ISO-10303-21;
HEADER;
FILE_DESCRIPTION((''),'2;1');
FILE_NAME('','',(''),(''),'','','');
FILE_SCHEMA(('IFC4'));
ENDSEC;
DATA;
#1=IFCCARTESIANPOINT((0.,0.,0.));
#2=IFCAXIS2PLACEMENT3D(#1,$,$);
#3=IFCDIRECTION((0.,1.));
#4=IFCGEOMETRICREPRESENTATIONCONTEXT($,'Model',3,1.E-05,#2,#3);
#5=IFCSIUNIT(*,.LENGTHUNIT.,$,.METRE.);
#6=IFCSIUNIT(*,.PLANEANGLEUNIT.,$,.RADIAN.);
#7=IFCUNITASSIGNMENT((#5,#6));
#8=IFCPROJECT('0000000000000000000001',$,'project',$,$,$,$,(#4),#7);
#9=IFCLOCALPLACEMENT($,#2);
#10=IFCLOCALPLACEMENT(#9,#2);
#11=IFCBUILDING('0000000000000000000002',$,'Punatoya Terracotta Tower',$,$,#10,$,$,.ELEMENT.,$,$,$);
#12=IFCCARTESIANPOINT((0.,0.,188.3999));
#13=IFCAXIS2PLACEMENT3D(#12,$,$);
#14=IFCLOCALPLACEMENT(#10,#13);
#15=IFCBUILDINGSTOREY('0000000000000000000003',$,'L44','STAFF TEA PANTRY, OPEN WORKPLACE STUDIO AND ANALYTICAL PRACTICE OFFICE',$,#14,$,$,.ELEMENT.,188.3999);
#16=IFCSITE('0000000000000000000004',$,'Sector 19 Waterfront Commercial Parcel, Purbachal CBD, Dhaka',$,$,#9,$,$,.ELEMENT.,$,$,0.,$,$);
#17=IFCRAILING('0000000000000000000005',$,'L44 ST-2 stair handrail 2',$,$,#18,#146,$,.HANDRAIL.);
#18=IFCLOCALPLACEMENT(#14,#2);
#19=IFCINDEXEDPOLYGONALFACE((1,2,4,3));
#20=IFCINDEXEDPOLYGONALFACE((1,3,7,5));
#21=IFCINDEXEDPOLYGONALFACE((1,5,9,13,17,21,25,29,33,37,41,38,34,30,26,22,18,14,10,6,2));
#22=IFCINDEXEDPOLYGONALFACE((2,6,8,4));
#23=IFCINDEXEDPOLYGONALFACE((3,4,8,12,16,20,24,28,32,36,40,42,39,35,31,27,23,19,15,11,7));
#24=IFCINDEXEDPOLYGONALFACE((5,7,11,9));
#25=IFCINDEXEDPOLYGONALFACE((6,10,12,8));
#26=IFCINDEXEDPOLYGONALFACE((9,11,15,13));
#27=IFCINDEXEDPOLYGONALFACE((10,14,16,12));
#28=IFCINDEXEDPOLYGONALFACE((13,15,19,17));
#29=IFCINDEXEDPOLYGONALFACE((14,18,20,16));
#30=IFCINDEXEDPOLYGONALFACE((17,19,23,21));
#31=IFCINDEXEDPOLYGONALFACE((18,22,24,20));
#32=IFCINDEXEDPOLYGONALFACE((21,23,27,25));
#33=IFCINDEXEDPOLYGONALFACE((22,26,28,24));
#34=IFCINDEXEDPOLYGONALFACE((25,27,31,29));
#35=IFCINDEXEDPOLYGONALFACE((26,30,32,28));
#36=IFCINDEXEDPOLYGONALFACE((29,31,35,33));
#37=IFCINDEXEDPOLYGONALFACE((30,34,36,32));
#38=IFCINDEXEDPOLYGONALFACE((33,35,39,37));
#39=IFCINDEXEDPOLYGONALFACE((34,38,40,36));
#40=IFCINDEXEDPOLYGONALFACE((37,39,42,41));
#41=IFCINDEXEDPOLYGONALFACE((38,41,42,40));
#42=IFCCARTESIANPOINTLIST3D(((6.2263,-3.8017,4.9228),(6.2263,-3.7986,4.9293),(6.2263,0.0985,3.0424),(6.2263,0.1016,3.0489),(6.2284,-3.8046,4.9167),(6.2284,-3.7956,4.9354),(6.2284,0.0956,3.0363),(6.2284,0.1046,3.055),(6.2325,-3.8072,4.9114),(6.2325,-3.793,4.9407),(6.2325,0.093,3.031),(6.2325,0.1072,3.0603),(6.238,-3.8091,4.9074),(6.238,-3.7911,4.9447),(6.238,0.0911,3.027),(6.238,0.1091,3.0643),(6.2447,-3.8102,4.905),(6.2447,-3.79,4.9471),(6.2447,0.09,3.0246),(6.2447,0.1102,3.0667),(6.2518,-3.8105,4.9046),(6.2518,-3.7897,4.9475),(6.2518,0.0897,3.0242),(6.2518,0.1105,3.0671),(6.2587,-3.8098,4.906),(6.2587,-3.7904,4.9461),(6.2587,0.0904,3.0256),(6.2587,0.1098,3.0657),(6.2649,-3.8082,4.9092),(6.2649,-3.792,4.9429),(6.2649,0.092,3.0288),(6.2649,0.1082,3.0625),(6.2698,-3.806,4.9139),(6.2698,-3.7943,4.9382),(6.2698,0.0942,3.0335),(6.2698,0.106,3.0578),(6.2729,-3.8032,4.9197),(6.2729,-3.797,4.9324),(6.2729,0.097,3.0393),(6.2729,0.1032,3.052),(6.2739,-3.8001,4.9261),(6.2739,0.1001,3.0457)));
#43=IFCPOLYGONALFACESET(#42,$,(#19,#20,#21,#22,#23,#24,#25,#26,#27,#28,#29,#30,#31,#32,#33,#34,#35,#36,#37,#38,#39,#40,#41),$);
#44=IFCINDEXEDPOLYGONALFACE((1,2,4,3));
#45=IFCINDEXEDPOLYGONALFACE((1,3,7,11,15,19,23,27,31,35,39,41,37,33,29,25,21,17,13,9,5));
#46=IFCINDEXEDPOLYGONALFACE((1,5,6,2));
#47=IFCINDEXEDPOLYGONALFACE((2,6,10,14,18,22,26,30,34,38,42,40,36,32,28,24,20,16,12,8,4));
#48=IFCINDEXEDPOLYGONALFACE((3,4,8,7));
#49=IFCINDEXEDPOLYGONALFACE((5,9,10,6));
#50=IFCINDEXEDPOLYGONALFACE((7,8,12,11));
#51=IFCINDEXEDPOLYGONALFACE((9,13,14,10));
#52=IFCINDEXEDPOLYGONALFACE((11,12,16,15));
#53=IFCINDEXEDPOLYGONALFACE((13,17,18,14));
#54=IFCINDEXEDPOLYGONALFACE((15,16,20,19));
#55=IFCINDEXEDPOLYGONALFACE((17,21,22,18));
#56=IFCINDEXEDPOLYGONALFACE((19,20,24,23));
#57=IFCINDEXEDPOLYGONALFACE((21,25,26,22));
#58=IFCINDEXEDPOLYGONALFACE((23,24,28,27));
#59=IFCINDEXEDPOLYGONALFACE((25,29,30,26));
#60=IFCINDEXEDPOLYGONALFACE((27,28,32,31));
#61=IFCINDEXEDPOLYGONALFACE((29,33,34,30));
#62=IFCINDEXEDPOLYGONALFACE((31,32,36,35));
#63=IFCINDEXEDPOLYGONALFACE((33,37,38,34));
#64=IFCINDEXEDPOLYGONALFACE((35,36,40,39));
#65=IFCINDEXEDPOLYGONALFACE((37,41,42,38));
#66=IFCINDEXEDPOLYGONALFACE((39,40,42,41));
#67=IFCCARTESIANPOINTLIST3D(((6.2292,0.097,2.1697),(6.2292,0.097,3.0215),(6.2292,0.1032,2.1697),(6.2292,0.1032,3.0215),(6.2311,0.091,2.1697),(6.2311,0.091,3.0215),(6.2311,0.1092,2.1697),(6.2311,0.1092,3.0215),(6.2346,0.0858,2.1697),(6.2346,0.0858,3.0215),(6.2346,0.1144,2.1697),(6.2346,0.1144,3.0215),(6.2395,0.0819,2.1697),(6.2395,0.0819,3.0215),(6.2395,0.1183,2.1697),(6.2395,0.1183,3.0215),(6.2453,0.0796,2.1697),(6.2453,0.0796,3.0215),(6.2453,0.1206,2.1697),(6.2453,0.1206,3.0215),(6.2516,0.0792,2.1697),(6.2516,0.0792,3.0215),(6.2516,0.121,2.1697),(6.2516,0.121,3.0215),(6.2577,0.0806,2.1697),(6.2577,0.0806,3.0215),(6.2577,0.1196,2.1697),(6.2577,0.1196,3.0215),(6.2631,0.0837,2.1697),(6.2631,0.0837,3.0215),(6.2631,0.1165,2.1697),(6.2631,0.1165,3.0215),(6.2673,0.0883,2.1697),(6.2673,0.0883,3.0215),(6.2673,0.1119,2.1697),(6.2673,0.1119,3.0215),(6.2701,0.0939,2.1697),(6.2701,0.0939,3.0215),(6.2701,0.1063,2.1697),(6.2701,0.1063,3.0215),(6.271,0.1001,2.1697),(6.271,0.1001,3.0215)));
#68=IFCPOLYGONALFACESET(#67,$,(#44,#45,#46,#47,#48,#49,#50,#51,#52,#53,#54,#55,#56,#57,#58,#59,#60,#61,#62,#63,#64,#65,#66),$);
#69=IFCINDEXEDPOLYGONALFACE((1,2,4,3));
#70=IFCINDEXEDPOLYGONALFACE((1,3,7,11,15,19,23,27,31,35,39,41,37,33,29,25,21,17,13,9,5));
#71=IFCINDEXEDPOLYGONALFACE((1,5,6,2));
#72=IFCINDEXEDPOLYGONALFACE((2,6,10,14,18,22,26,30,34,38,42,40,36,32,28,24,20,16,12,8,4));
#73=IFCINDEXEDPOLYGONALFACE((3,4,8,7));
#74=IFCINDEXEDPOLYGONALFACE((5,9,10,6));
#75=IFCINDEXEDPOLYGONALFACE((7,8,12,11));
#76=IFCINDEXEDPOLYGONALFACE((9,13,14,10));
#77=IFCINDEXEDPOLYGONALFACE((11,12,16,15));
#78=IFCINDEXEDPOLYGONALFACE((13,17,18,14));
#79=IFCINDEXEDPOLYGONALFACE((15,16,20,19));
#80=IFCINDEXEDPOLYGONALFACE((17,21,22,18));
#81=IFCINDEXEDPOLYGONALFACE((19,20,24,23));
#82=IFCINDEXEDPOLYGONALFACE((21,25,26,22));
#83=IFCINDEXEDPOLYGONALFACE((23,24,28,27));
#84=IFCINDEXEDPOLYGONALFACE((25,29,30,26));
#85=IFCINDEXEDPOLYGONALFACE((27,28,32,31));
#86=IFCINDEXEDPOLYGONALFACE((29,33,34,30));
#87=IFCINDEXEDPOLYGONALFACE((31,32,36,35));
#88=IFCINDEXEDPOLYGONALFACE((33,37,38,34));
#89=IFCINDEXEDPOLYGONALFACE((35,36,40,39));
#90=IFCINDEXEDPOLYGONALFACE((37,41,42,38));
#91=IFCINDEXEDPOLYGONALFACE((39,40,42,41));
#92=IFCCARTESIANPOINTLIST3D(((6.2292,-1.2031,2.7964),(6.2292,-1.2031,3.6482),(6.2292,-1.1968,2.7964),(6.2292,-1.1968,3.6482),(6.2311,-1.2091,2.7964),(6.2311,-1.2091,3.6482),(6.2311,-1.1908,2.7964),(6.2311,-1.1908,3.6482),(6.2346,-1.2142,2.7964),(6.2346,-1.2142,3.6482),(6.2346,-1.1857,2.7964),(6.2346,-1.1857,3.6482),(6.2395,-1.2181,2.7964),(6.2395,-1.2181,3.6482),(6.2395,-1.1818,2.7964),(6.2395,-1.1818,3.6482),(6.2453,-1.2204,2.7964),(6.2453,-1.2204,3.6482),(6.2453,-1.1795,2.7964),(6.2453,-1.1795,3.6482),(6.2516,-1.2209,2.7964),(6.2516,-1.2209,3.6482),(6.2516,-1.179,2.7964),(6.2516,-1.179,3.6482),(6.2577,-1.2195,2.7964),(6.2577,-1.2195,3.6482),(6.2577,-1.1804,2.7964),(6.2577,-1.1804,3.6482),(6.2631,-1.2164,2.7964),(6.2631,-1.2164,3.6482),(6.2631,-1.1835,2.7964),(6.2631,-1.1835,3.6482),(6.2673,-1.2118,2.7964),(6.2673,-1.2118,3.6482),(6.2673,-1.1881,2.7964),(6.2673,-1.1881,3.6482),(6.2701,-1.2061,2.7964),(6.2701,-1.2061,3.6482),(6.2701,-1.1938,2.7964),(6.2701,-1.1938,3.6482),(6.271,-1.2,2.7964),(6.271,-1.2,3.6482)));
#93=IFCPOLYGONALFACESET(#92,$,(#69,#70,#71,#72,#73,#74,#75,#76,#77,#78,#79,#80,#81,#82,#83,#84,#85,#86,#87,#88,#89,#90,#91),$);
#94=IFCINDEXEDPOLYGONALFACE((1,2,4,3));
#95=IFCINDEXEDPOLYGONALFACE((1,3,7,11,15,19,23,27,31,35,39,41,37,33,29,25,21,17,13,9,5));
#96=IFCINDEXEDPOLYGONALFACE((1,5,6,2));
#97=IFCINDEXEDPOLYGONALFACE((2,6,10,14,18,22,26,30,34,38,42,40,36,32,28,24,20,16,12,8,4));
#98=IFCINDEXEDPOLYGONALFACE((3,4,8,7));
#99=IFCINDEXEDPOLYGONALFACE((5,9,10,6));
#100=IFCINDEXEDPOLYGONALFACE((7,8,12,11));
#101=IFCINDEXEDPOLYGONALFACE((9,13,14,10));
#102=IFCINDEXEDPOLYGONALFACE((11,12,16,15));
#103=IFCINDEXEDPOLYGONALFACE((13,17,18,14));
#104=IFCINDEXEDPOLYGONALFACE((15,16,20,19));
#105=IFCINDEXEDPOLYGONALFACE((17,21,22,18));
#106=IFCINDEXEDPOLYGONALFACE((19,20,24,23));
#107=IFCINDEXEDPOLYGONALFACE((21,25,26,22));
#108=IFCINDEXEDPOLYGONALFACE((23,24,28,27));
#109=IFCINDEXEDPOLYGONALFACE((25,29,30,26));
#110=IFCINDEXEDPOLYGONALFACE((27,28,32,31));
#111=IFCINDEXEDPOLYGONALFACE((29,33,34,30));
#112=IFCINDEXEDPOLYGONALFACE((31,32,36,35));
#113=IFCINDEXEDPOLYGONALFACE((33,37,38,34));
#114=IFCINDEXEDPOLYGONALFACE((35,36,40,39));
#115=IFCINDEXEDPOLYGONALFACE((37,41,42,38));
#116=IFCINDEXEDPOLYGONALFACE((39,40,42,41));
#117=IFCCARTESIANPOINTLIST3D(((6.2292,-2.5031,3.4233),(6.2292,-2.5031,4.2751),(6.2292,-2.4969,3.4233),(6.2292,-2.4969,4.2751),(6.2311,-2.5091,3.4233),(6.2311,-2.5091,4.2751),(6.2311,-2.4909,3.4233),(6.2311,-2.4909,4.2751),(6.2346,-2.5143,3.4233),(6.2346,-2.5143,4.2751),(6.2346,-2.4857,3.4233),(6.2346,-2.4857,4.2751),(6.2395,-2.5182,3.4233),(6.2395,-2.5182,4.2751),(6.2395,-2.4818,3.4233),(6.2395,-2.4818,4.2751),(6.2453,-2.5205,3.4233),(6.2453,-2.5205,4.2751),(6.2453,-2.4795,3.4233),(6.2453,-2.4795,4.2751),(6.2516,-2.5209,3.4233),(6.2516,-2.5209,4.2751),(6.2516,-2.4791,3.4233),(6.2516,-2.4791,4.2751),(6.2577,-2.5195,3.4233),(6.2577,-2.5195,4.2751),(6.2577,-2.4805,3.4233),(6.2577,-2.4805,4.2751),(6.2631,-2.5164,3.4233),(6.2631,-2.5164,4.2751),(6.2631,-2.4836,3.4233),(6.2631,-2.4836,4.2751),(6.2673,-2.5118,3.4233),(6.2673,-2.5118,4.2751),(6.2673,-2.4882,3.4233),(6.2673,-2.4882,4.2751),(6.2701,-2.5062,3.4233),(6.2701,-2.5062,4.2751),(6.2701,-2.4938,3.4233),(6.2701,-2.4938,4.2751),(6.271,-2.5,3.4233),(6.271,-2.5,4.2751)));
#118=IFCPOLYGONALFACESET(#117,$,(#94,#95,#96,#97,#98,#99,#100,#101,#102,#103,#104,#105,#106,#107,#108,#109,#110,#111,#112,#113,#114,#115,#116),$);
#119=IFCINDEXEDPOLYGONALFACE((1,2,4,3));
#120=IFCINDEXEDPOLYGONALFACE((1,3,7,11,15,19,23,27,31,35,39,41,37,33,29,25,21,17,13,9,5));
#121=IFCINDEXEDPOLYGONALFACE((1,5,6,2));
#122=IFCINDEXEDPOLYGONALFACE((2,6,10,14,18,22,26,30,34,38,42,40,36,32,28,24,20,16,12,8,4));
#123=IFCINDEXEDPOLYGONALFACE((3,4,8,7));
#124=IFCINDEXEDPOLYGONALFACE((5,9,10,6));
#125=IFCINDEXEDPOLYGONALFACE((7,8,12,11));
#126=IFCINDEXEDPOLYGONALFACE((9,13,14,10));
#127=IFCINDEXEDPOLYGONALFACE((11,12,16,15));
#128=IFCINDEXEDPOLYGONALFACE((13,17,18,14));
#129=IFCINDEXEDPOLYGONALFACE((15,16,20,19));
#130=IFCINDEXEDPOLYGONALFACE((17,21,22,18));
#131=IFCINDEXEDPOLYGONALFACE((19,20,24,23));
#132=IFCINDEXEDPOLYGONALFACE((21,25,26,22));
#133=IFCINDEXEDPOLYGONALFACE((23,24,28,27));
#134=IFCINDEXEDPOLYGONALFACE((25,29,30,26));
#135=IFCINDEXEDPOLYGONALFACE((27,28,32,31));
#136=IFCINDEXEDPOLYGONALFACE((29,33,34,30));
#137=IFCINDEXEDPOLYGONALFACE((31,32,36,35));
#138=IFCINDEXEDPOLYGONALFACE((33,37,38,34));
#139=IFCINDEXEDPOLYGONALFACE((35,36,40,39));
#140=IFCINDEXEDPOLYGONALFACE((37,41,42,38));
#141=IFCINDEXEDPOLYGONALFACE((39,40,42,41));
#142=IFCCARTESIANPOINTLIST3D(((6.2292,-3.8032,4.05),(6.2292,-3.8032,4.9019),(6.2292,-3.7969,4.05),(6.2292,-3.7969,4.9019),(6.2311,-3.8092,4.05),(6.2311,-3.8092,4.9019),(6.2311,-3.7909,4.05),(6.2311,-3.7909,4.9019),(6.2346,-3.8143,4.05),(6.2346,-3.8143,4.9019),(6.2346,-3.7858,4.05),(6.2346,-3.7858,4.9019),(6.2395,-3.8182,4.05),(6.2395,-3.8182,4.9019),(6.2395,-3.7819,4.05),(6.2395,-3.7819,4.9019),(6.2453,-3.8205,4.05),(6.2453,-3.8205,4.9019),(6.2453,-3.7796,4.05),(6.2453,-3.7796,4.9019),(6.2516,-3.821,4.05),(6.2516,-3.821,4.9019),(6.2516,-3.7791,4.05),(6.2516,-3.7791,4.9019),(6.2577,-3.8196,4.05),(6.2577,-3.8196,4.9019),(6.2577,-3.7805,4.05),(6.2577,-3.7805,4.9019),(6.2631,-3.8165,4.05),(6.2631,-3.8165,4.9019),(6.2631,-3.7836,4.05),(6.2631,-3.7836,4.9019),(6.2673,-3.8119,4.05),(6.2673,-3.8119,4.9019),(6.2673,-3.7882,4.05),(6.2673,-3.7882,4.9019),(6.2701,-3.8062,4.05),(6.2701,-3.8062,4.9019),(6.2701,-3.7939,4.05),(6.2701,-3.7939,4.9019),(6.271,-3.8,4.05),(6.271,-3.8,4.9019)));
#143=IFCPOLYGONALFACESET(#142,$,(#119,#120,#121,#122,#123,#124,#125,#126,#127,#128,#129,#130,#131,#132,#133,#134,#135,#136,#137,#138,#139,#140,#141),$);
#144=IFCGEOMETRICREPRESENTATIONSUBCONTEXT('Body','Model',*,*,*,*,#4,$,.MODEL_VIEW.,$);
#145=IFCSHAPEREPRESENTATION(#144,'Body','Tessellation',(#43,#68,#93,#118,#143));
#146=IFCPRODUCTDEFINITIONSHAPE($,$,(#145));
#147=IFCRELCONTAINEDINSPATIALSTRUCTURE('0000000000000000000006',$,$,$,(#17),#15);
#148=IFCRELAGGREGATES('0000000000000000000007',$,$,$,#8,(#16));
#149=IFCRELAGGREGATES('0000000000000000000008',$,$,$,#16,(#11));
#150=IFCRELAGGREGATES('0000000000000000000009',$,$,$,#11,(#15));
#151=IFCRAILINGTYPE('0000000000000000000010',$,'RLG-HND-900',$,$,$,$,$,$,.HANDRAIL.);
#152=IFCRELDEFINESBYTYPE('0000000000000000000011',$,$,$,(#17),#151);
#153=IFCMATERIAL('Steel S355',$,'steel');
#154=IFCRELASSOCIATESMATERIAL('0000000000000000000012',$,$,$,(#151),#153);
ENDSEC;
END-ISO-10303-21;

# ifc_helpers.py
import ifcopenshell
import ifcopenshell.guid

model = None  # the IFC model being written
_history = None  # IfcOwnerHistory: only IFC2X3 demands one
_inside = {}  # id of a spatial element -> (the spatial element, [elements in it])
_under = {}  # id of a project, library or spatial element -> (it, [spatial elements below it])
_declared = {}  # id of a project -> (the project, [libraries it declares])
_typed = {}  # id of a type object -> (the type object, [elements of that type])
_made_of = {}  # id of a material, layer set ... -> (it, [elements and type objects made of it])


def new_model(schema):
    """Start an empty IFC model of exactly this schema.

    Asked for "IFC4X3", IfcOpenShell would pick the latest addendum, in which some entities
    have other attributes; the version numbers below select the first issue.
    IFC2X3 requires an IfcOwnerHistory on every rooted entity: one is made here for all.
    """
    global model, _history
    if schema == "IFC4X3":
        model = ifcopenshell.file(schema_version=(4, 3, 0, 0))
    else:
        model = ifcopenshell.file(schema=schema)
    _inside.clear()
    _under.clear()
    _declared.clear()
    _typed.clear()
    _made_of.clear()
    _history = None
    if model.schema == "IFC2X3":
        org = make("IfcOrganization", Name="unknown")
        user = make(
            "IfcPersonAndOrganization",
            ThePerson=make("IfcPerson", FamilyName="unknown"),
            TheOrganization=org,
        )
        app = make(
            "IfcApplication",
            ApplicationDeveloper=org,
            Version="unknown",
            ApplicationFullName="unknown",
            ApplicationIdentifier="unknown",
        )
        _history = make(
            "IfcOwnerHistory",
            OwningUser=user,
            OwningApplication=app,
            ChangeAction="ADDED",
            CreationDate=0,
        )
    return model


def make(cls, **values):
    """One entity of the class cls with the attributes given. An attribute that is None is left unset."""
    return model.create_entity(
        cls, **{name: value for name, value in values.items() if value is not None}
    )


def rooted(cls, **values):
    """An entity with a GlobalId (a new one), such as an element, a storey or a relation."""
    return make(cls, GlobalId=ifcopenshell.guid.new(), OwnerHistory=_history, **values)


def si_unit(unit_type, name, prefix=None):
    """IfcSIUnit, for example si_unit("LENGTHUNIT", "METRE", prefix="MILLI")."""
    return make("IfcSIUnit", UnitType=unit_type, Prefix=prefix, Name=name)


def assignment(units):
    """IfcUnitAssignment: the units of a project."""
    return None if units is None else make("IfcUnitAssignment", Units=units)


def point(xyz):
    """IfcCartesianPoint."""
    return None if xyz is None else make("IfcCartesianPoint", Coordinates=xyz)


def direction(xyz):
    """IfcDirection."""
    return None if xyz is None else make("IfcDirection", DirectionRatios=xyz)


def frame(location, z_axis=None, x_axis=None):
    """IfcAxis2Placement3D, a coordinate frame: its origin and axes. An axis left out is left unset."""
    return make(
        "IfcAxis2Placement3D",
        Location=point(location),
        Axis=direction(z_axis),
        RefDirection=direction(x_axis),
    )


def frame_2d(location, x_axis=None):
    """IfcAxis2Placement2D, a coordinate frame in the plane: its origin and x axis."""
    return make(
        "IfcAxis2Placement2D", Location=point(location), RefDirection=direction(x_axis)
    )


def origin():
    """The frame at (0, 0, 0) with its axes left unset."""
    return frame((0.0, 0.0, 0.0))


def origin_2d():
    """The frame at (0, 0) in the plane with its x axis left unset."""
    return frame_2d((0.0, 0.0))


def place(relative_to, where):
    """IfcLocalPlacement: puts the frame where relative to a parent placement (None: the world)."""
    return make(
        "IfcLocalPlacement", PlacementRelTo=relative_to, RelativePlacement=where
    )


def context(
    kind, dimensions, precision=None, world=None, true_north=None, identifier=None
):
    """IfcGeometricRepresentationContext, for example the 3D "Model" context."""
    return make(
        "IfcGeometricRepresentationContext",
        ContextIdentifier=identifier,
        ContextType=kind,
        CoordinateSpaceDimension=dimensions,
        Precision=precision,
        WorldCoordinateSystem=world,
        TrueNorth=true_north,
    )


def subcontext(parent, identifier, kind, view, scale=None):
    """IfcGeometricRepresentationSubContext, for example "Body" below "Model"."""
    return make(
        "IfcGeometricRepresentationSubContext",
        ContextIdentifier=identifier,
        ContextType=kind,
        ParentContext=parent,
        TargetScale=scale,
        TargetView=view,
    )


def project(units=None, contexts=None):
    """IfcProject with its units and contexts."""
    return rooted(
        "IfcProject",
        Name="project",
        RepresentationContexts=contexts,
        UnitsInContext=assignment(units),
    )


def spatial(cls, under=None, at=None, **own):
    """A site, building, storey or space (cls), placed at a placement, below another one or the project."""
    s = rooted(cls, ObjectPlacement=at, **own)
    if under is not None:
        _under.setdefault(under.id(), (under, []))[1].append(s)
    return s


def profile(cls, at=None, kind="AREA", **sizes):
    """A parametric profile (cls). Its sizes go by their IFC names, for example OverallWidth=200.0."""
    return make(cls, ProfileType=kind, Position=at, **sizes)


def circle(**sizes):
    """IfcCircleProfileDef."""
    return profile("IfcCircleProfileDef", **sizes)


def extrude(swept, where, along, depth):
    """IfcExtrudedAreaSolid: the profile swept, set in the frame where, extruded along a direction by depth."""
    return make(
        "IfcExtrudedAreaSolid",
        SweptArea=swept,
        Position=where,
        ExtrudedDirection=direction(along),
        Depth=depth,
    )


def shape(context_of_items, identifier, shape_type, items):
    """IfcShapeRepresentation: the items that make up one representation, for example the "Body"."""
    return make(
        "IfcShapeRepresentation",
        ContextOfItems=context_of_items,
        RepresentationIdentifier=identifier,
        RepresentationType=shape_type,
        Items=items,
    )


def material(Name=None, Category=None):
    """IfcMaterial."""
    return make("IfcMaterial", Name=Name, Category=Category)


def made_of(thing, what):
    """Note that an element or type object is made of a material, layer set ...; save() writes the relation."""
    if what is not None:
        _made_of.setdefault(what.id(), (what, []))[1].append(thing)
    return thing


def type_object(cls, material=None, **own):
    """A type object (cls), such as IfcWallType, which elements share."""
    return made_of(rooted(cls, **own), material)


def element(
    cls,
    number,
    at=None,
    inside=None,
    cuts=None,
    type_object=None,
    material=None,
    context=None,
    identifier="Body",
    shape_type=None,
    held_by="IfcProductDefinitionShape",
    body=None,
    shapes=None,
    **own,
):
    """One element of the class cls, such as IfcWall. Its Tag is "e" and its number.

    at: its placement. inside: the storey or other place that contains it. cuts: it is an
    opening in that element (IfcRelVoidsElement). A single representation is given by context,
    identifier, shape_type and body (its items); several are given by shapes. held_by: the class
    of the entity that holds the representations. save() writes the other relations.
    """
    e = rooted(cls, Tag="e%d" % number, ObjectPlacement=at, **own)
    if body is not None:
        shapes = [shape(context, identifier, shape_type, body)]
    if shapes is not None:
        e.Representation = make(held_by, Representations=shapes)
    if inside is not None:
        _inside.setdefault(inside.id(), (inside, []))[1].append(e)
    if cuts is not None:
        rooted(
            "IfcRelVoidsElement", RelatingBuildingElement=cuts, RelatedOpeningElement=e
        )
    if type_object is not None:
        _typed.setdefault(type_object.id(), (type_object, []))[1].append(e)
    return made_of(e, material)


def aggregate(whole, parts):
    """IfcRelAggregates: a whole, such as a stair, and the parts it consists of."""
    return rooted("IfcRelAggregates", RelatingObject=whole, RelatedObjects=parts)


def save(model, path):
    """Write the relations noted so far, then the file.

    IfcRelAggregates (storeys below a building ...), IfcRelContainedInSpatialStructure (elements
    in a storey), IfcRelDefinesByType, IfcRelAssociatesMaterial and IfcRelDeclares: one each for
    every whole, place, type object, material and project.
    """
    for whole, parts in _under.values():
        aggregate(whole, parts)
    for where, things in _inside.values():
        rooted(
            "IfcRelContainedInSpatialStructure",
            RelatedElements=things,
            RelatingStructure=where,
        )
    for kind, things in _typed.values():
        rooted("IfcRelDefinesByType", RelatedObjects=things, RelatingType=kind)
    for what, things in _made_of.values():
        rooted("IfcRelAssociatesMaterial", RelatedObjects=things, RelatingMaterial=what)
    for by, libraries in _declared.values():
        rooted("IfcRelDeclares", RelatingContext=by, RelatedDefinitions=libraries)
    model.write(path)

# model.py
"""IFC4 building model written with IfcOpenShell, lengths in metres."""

from ifc_helpers import new_model, si_unit, direction, frame, origin, origin_2d, place, context, subcontext, project, spatial, circle, extrude, material, type_object, element, save


model = new_model("IFC4")

# Units and contexts
model_context = context("Model", 3, precision=1e-05, world=origin(), true_north=direction((0.0, 1.0)))
body_context = subcontext(model_context, "Body", "Model", "MODEL_VIEW")
ifc_project = project(units=[si_unit("LENGTHUNIT", "METRE"), si_unit("PLANEANGLEUNIT", "RADIAN")], contexts=[model_context])

# Site, building, storey
site_placement = place(None, origin())
site = spatial("IfcSite", under=ifc_project, at=site_placement, Name="Sector 19 Waterfront Commercial Parcel, Purbachal CBD, Dhaka", CompositionType="ELEMENT", RefElevation=0.0)
building_placement = place(site_placement, origin())
building = spatial("IfcBuilding", under=site, at=building_placement, Name="Punatoya Terracotta Tower", CompositionType="ELEMENT")
storey_placement = place(building_placement, frame((0.0, 0.0, 188.3999)))
storey = spatial("IfcBuildingStorey", under=building, at=storey_placement, Name="L44", Description="STAFF TEA PANTRY, OPEN WORKPLACE STUDIO AND ANALYTICAL PRACTICE OFFICE", CompositionType="ELEMENT", Elevation=188.3999)

# Shared definitions
ifc_material_1 = material(Name="Steel S355", Category="steel")

# Railing
railing_type_1 = type_object("IfcRailingType", Name="RLG-HND-900", PredefinedType="HANDRAIL", material=ifc_material_1)
railing_1_placement = place(storey_placement, frame((6.25, 0.1001, 2.1697)))
element("IfcRailing", 1, at=railing_1_placement, inside=storey, type_object=railing_type_1, Name="L44 ST-2 stair handrail 2", PredefinedType="HANDRAIL", context=body_context, shape_type="SweptSolid", body=[
    extrude(circle(Radius=0.0239, at=origin_2d()), frame((0.0, 0.0, 0.876), z_axis=(0.0, -0.900774, 0.434289), x_axis=(1.0, 0.0, 0.0)), (0.0, 0.0, 1.0), 4.3298),
    extrude(circle(Radius=0.021, at=origin_2d()), origin(), (0.0, 0.0, 1.0), 0.8518),
    extrude(circle(Radius=0.021, at=origin_2d()), frame((0.0, -1.3, 0.6267)), (0.0, 0.0, 1.0), 0.8518),
    extrude(circle(Radius=0.021, at=origin_2d()), frame((0.0, -2.6001, 1.2537)), (0.0, 0.0, 1.0), 0.8518),
    extrude(circle(Radius=0.021, at=origin_2d()), frame((0.0, -3.9001, 1.8804)), (0.0, 0.0, 1.0), 0.8518),
])

save(model, "model.ifc")
